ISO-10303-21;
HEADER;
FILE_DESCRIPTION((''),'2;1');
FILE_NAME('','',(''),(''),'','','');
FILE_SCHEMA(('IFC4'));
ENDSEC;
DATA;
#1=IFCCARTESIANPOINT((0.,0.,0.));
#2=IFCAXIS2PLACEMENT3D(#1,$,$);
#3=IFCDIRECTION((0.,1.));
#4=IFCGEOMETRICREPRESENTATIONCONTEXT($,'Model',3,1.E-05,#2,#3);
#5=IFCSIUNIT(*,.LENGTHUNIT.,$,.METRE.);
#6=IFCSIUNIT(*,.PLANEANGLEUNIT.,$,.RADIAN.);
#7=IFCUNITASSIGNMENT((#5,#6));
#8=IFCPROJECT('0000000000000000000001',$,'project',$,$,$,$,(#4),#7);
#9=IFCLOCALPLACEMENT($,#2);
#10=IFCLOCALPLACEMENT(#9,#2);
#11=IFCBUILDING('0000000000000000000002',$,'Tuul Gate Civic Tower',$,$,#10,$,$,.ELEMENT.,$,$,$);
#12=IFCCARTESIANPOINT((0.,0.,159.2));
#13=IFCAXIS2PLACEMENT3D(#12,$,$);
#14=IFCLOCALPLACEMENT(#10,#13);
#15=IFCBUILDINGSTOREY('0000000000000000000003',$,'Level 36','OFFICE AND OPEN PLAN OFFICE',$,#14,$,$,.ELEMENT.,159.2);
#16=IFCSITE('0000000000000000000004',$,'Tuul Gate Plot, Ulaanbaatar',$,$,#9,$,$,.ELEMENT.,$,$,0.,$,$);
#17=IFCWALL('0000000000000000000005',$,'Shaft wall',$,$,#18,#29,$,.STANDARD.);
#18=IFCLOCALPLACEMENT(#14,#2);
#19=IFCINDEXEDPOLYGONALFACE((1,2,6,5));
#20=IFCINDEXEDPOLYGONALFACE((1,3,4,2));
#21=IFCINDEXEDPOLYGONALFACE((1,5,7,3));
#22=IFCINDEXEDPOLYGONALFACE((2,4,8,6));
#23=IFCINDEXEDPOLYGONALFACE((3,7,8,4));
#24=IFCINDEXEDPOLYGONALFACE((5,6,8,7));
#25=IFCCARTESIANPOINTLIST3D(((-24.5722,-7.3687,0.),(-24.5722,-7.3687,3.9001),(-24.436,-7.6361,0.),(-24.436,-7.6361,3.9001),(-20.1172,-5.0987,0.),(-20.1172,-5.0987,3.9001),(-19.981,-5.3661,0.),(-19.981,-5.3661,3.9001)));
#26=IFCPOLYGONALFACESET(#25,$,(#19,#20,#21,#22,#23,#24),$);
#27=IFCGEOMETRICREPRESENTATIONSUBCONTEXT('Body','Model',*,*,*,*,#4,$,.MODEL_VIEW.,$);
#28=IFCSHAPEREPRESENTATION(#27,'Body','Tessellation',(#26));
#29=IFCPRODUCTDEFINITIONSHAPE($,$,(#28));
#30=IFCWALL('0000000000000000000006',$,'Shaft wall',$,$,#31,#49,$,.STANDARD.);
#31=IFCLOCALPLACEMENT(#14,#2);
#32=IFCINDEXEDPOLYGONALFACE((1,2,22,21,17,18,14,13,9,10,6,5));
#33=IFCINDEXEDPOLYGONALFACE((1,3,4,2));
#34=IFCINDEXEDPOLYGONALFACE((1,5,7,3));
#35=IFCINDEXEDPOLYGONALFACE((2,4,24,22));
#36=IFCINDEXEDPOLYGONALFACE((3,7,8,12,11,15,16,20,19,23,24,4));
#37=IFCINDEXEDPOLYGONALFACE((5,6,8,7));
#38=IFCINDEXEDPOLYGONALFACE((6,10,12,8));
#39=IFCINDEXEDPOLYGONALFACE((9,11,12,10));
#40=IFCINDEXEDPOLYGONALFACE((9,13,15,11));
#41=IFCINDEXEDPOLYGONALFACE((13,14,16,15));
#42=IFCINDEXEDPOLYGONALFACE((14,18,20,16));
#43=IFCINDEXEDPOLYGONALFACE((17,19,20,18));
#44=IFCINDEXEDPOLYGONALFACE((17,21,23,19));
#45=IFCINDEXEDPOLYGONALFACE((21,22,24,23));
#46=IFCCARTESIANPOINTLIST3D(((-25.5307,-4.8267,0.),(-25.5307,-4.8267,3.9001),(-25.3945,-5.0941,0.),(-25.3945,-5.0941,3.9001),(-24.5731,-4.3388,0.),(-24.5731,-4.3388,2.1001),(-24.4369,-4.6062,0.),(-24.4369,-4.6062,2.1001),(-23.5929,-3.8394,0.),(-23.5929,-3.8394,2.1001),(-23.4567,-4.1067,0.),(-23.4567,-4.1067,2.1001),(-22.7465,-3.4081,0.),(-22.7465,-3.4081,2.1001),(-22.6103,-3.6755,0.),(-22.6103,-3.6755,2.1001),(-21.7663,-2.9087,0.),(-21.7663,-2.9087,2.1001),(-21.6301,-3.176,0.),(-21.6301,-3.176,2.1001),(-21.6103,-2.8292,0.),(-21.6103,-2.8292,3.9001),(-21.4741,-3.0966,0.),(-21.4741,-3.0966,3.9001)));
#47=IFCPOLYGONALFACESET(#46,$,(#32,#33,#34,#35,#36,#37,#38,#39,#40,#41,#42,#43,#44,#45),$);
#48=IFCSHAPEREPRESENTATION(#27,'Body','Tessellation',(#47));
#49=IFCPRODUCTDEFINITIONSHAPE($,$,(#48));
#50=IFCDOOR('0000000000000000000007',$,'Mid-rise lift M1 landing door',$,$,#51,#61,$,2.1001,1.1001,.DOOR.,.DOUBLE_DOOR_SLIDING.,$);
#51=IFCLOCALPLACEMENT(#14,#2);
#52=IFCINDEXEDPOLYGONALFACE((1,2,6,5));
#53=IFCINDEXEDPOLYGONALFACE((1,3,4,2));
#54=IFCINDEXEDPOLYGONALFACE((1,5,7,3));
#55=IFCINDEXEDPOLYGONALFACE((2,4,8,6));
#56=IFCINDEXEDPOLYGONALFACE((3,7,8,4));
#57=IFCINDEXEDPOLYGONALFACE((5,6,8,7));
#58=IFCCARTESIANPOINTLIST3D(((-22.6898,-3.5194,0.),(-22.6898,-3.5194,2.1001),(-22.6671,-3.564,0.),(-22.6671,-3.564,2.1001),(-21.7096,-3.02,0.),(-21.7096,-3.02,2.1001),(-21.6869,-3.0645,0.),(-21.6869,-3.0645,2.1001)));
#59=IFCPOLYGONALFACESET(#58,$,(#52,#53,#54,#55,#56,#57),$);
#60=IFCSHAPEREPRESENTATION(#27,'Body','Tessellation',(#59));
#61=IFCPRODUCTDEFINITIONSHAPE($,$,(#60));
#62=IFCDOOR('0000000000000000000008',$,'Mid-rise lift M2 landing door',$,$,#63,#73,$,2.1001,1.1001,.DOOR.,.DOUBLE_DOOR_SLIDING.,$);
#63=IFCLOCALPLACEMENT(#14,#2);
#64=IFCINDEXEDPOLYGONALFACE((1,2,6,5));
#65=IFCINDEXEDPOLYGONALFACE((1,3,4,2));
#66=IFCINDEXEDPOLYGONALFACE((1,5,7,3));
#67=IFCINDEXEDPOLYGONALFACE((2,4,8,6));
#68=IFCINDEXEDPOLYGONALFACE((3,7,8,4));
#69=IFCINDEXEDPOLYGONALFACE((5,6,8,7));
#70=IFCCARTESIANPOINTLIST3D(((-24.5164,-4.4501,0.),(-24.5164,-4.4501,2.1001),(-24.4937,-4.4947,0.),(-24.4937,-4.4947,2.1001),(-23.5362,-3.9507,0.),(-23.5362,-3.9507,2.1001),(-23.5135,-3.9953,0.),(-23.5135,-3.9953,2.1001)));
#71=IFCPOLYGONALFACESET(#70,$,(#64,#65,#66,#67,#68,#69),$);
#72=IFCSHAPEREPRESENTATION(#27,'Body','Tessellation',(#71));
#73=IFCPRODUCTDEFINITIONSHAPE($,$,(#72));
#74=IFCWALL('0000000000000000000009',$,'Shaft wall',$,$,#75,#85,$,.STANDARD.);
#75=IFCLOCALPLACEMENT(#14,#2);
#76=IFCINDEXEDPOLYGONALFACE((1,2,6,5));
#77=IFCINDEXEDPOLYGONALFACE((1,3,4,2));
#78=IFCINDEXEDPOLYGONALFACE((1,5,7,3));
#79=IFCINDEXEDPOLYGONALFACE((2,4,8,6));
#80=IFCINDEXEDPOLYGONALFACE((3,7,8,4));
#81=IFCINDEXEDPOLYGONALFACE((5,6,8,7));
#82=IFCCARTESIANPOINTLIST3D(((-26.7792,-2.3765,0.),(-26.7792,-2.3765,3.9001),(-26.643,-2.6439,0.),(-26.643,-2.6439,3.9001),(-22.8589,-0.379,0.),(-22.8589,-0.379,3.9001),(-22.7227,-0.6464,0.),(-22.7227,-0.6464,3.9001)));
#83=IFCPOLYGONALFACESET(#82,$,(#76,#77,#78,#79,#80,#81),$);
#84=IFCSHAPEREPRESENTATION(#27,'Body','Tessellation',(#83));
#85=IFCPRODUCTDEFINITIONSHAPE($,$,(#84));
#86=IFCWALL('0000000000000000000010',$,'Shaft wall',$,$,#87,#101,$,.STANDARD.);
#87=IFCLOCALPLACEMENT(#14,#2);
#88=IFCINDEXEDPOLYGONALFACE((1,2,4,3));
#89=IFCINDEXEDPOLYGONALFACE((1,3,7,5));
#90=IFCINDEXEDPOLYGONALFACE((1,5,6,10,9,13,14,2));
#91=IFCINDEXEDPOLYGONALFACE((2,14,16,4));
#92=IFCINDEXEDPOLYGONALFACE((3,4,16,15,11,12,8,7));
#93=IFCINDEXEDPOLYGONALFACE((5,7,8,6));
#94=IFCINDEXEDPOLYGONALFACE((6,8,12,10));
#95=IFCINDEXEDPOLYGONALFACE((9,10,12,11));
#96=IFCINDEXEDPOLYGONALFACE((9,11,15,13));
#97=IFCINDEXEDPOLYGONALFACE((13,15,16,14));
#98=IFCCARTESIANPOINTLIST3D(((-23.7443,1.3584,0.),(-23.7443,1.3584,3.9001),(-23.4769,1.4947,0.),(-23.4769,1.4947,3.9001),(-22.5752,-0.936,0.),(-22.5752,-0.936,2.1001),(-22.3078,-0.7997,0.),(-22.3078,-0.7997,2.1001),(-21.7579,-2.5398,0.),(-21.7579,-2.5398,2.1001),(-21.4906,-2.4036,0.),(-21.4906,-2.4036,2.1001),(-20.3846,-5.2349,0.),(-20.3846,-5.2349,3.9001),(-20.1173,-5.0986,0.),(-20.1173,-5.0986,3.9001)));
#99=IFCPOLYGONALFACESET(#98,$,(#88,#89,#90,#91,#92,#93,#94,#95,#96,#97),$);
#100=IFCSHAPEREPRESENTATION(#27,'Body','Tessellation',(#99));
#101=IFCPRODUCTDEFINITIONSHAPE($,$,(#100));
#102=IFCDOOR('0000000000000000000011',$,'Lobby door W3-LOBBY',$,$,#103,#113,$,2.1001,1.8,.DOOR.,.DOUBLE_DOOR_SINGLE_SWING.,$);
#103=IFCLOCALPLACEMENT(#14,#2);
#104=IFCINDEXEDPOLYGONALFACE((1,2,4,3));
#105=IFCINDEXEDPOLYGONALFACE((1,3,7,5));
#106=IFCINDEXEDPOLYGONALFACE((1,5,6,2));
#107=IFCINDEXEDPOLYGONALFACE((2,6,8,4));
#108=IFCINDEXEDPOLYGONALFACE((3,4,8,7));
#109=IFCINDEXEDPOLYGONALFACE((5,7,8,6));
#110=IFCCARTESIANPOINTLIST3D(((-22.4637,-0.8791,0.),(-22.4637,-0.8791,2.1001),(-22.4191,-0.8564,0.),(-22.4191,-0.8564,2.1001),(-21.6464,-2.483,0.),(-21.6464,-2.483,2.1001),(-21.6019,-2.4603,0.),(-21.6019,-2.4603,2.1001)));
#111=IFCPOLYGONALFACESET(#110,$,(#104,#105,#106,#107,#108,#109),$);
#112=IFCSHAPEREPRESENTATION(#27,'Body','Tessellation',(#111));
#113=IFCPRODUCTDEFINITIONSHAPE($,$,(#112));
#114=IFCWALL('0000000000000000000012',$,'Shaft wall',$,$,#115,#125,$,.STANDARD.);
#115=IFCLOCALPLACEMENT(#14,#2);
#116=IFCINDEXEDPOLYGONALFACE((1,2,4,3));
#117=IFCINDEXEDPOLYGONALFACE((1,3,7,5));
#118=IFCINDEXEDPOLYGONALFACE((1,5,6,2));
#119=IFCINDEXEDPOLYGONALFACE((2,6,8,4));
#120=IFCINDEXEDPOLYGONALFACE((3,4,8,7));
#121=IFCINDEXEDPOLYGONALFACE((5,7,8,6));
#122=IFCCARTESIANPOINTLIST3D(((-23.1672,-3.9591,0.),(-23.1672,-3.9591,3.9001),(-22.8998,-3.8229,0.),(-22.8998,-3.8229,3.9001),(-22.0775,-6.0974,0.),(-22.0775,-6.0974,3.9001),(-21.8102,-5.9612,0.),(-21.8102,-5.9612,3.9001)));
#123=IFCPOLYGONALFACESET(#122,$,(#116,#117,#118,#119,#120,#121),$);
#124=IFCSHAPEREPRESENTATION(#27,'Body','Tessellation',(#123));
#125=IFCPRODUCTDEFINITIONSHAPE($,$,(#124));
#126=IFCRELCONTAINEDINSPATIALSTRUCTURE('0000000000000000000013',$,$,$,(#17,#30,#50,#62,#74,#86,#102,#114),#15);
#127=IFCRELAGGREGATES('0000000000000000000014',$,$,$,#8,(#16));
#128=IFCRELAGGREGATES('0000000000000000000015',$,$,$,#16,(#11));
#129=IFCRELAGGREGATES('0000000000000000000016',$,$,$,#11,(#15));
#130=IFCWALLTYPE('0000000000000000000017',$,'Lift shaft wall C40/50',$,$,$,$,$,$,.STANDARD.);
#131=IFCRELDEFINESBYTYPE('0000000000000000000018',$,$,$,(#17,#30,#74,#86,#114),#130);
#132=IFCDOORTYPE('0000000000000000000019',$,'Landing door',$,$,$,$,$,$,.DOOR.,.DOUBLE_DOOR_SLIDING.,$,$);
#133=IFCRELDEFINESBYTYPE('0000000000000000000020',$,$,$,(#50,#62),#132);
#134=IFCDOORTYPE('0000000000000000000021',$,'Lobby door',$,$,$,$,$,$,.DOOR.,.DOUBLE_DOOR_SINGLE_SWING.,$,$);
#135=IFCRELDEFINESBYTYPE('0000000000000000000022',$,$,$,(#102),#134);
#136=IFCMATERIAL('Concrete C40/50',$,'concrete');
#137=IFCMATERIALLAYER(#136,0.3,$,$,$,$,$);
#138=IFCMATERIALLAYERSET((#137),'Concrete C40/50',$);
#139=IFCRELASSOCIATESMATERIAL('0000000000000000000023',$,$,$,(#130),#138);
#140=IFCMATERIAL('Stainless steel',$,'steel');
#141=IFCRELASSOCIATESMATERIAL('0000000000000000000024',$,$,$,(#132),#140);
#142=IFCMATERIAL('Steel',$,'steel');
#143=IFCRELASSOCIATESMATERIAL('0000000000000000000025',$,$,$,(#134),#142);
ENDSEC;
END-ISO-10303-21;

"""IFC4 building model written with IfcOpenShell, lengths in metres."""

from ifc_helpers import new_model, si_unit, direction, frame, frame_2d, origin, place, context, subcontext, project, spatial, rectangle, extrude, material, layer, layer_set, type_object, element, fill, save


model = new_model("IFC4")

# Units and contexts
model_context = context("Model", 3, precision=1e-05, world=origin(), true_north=direction((0.0, 1.0)))
body_context = subcontext(model_context, "Body", "Model", "MODEL_VIEW")
ifc_project = project(units=[si_unit("LENGTHUNIT", "METRE"), si_unit("PLANEANGLEUNIT", "RADIAN")], contexts=[model_context])

# Site, building, storey
site_placement = place(None, origin())
site = spatial("IfcSite", under=ifc_project, at=site_placement, Name="Tuul Gate Plot, Ulaanbaatar", CompositionType="ELEMENT", RefElevation=0.0)
building_placement = place(site_placement, origin())
building = spatial("IfcBuilding", under=site, at=building_placement, Name="Tuul Gate Civic Tower", CompositionType="ELEMENT")
storey_placement = place(building_placement, frame((0.0, 0.0, 159.2)))
storey = spatial("IfcBuildingStorey", under=building, at=storey_placement, Name="Level 36", Description="OFFICE AND OPEN PLAN OFFICE", CompositionType="ELEMENT", Elevation=159.2)

# Wall
ifc_material_1 = material(Name="Concrete C40/50", Category="concrete")
ifc_layer_1 = layer(ifc_material_1, 0.3)
ifc_layer_set_1 = layer_set([ifc_layer_1], Name="Concrete C40/50")
wall_type_1 = type_object("IfcWallType", Name="Lift shaft wall C40/50", PredefinedType="STANDARD", material=ifc_layer_set_1)
wall_1_placement = place(storey_placement, frame((-20.0491, -5.2324, 0.0), z_axis=(0.0, 0.0, 1.0), x_axis=(-0.891003, -0.453997, 0.0)))
element("IfcWall", 1, at=wall_1_placement, inside=storey, type_object=wall_type_1, Name="Shaft wall", PredefinedType="STANDARD", context=body_context, shape_type="SweptSolid", body=[
    extrude(rectangle(XDim=5.0, YDim=0.3, at=frame_2d((2.5, 0.0))), origin(), (0.0, 0.0, 1.0), 3.9001),
])

# Wall, openings, doors
wall_2_placement = place(storey_placement, frame((-21.5422, -2.9629, 0.0), z_axis=(0.0, 0.0, 1.0), x_axis=(-0.891006, -0.453992, 0.0)))
wall_2 = element("IfcWall", 2, at=wall_2_placement, inside=storey, type_object=wall_type_1, Name="Shaft wall", PredefinedType="STANDARD", context=body_context, shape_type="SweptSolid", body=[
    extrude(rectangle(XDim=4.3999, YDim=0.3, at=frame_2d((2.2, 0.0))), origin(), (0.0, 0.0, 1.0), 3.9001),
])
opening_1_placement = place(wall_2_placement, frame((0.175, 0.0, 0.0)))
opening_1 = element("IfcOpeningElement", 3, at=opening_1_placement, cuts=wall_2, PredefinedType="OPENING", context=body_context, shape_type="SweptSolid", body=[
    extrude(rectangle(XDim=1.1001, YDim=2.1001, at=frame_2d((0.55, 1.05))), frame((0.0, 0.1602, 0.0), z_axis=(0.0, -1.0, 0.0), x_axis=(1.0, 0.0, 0.0)), (0.0, 0.0, 1.0), 0.3201),
])
opening_2_placement = place(wall_2_placement, frame((2.2251, 0.0, 0.0)))
opening_2 = element("IfcOpeningElement", 4, at=opening_2_placement, cuts=wall_2, PredefinedType="OPENING", context=body_context, shape_type="SweptSolid", body=[
    extrude(rectangle(XDim=1.1001, YDim=2.1001, at=frame_2d((0.55, 1.05))), frame((0.0, 0.1602, 0.0), z_axis=(0.0, -1.0, 0.0), x_axis=(1.0, 0.0, 0.0)), (0.0, 0.0, 1.0), 0.3201),
])
ifc_material_2 = material(Name="Stainless steel", Category="steel")
door_type_1 = type_object("IfcDoorType", Name="Landing door", OperationType="DOUBLE_DOOR_SLIDING", PredefinedType="DOOR", material=ifc_material_2)
door_1_placement = place(opening_1_placement, origin())
door_1 = element("IfcDoor", 5, at=door_1_placement, inside=storey, type_object=door_type_1, Name="Mid-rise lift M1 landing door", OperationType="DOUBLE_DOOR_SLIDING", OverallHeight=2.1001, OverallWidth=1.1001, PredefinedType="DOOR", context=body_context, shape_type="SweptSolid", body=[
    extrude(rectangle(XDim=1.1001, YDim=2.1001, at=frame_2d((0.55, 1.05))), frame((0.0, 0.0249, 0.0), z_axis=(0.0, -1.0, 0.0), x_axis=(1.0, 0.0, 0.0)), (0.0, 0.0, 1.0), 0.05),
])
fill(opening_1, door_1)
door_2_placement = place(opening_2_placement, origin())
door_2 = element("IfcDoor", 6, at=door_2_placement, inside=storey, type_object=door_type_1, Name="Mid-rise lift M2 landing door", OperationType="DOUBLE_DOOR_SLIDING", OverallHeight=2.1001, OverallWidth=1.1001, PredefinedType="DOOR", context=body_context, shape_type="SweptSolid", body=[
    extrude(rectangle(XDim=1.1001, YDim=2.1001, at=frame_2d((0.55, 1.05))), frame((0.0, 0.0249, 0.0), z_axis=(0.0, -1.0, 0.0), x_axis=(1.0, 0.0, 0.0)), (0.0, 0.0, 1.0), 0.05),
])
fill(opening_2, door_2)

# Wall
wall_3_placement = place(storey_placement, frame((-22.7908, -0.5127, 0.0), z_axis=(0.0, 0.0, 1.0), x_axis=(-0.891006, -0.453992, 0.0)))
element("IfcWall", 7, at=wall_3_placement, inside=storey, type_object=wall_type_1, Name="Shaft wall", PredefinedType="STANDARD", context=body_context, shape_type="SweptSolid", body=[
    extrude(rectangle(XDim=4.3999, YDim=0.3, at=frame_2d((2.2, 0.0))), origin(), (0.0, 0.0, 1.0), 3.9001),
])

# Wall, opening, door
wall_4_placement = place(storey_placement, frame((-20.251, -5.1667, 0.0), z_axis=(0.0, 0.0, 1.0), x_axis=(-0.45401, 0.890996, 0.0)))
wall_4 = element("IfcWall", 8, at=wall_4_placement, inside=storey, type_object=wall_type_1, Name="Shaft wall", PredefinedType="STANDARD", context=body_context, shape_type="SweptSolid", body=[
    extrude(rectangle(XDim=7.3999, YDim=0.3, at=frame_2d((3.7, 0.0))), origin(), (0.0, 0.0, 1.0), 3.9001),
])
opening_3_placement = place(wall_4_placement, frame((3.0249, 0.0, 0.0)))
opening_3 = element("IfcOpeningElement", 9, at=opening_3_placement, cuts=wall_4, PredefinedType="OPENING", context=body_context, shape_type="SweptSolid", body=[
    extrude(rectangle(XDim=1.8, YDim=2.1001, at=frame_2d((0.8999, 1.05))), frame((0.0, 0.1602, 0.0), z_axis=(0.0, -1.0, 0.0), x_axis=(1.0, 0.0, 0.0)), (0.0, 0.0, 1.0), 0.3201),
])
ifc_material_3 = material(Name="Steel", Category="steel")
door_type_2 = type_object("IfcDoorType", Name="Lobby door", OperationType="DOUBLE_DOOR_SINGLE_SWING", PredefinedType="DOOR", material=ifc_material_3)
door_3_placement = place(opening_3_placement, origin())
door_3 = element("IfcDoor", 10, at=door_3_placement, inside=storey, type_object=door_type_2, Name="Lobby door W3-LOBBY", OperationType="DOUBLE_DOOR_SINGLE_SWING", OverallHeight=2.1001, OverallWidth=1.8, PredefinedType="DOOR", context=body_context, shape_type="SweptSolid", body=[
    extrude(rectangle(XDim=1.8, YDim=2.1001, at=frame_2d((0.8999, 1.05))), frame((0.0, 0.0249, 0.0), z_axis=(0.0, -1.0, 0.0), x_axis=(1.0, 0.0, 0.0)), (0.0, 0.0, 1.0), 0.05),
])
fill(opening_3, door_3)

# Wall
wall_5_placement = place(storey_placement, frame((-21.9438, -6.0293, 0.0), z_axis=(0.0, 0.0, 1.0), x_axis=(-0.454037, 0.890983, 0.0)))
element("IfcWall", 11, at=wall_5_placement, inside=storey, type_object=wall_type_1, Name="Shaft wall", PredefinedType="STANDARD", context=body_context, shape_type="SweptSolid", body=[
    extrude(rectangle(XDim=2.3999, YDim=0.3, at=frame_2d((1.2, 0.0))), origin(), (0.0, 0.0, 1.0), 3.9001),
])

save(model, "model.ifc")
